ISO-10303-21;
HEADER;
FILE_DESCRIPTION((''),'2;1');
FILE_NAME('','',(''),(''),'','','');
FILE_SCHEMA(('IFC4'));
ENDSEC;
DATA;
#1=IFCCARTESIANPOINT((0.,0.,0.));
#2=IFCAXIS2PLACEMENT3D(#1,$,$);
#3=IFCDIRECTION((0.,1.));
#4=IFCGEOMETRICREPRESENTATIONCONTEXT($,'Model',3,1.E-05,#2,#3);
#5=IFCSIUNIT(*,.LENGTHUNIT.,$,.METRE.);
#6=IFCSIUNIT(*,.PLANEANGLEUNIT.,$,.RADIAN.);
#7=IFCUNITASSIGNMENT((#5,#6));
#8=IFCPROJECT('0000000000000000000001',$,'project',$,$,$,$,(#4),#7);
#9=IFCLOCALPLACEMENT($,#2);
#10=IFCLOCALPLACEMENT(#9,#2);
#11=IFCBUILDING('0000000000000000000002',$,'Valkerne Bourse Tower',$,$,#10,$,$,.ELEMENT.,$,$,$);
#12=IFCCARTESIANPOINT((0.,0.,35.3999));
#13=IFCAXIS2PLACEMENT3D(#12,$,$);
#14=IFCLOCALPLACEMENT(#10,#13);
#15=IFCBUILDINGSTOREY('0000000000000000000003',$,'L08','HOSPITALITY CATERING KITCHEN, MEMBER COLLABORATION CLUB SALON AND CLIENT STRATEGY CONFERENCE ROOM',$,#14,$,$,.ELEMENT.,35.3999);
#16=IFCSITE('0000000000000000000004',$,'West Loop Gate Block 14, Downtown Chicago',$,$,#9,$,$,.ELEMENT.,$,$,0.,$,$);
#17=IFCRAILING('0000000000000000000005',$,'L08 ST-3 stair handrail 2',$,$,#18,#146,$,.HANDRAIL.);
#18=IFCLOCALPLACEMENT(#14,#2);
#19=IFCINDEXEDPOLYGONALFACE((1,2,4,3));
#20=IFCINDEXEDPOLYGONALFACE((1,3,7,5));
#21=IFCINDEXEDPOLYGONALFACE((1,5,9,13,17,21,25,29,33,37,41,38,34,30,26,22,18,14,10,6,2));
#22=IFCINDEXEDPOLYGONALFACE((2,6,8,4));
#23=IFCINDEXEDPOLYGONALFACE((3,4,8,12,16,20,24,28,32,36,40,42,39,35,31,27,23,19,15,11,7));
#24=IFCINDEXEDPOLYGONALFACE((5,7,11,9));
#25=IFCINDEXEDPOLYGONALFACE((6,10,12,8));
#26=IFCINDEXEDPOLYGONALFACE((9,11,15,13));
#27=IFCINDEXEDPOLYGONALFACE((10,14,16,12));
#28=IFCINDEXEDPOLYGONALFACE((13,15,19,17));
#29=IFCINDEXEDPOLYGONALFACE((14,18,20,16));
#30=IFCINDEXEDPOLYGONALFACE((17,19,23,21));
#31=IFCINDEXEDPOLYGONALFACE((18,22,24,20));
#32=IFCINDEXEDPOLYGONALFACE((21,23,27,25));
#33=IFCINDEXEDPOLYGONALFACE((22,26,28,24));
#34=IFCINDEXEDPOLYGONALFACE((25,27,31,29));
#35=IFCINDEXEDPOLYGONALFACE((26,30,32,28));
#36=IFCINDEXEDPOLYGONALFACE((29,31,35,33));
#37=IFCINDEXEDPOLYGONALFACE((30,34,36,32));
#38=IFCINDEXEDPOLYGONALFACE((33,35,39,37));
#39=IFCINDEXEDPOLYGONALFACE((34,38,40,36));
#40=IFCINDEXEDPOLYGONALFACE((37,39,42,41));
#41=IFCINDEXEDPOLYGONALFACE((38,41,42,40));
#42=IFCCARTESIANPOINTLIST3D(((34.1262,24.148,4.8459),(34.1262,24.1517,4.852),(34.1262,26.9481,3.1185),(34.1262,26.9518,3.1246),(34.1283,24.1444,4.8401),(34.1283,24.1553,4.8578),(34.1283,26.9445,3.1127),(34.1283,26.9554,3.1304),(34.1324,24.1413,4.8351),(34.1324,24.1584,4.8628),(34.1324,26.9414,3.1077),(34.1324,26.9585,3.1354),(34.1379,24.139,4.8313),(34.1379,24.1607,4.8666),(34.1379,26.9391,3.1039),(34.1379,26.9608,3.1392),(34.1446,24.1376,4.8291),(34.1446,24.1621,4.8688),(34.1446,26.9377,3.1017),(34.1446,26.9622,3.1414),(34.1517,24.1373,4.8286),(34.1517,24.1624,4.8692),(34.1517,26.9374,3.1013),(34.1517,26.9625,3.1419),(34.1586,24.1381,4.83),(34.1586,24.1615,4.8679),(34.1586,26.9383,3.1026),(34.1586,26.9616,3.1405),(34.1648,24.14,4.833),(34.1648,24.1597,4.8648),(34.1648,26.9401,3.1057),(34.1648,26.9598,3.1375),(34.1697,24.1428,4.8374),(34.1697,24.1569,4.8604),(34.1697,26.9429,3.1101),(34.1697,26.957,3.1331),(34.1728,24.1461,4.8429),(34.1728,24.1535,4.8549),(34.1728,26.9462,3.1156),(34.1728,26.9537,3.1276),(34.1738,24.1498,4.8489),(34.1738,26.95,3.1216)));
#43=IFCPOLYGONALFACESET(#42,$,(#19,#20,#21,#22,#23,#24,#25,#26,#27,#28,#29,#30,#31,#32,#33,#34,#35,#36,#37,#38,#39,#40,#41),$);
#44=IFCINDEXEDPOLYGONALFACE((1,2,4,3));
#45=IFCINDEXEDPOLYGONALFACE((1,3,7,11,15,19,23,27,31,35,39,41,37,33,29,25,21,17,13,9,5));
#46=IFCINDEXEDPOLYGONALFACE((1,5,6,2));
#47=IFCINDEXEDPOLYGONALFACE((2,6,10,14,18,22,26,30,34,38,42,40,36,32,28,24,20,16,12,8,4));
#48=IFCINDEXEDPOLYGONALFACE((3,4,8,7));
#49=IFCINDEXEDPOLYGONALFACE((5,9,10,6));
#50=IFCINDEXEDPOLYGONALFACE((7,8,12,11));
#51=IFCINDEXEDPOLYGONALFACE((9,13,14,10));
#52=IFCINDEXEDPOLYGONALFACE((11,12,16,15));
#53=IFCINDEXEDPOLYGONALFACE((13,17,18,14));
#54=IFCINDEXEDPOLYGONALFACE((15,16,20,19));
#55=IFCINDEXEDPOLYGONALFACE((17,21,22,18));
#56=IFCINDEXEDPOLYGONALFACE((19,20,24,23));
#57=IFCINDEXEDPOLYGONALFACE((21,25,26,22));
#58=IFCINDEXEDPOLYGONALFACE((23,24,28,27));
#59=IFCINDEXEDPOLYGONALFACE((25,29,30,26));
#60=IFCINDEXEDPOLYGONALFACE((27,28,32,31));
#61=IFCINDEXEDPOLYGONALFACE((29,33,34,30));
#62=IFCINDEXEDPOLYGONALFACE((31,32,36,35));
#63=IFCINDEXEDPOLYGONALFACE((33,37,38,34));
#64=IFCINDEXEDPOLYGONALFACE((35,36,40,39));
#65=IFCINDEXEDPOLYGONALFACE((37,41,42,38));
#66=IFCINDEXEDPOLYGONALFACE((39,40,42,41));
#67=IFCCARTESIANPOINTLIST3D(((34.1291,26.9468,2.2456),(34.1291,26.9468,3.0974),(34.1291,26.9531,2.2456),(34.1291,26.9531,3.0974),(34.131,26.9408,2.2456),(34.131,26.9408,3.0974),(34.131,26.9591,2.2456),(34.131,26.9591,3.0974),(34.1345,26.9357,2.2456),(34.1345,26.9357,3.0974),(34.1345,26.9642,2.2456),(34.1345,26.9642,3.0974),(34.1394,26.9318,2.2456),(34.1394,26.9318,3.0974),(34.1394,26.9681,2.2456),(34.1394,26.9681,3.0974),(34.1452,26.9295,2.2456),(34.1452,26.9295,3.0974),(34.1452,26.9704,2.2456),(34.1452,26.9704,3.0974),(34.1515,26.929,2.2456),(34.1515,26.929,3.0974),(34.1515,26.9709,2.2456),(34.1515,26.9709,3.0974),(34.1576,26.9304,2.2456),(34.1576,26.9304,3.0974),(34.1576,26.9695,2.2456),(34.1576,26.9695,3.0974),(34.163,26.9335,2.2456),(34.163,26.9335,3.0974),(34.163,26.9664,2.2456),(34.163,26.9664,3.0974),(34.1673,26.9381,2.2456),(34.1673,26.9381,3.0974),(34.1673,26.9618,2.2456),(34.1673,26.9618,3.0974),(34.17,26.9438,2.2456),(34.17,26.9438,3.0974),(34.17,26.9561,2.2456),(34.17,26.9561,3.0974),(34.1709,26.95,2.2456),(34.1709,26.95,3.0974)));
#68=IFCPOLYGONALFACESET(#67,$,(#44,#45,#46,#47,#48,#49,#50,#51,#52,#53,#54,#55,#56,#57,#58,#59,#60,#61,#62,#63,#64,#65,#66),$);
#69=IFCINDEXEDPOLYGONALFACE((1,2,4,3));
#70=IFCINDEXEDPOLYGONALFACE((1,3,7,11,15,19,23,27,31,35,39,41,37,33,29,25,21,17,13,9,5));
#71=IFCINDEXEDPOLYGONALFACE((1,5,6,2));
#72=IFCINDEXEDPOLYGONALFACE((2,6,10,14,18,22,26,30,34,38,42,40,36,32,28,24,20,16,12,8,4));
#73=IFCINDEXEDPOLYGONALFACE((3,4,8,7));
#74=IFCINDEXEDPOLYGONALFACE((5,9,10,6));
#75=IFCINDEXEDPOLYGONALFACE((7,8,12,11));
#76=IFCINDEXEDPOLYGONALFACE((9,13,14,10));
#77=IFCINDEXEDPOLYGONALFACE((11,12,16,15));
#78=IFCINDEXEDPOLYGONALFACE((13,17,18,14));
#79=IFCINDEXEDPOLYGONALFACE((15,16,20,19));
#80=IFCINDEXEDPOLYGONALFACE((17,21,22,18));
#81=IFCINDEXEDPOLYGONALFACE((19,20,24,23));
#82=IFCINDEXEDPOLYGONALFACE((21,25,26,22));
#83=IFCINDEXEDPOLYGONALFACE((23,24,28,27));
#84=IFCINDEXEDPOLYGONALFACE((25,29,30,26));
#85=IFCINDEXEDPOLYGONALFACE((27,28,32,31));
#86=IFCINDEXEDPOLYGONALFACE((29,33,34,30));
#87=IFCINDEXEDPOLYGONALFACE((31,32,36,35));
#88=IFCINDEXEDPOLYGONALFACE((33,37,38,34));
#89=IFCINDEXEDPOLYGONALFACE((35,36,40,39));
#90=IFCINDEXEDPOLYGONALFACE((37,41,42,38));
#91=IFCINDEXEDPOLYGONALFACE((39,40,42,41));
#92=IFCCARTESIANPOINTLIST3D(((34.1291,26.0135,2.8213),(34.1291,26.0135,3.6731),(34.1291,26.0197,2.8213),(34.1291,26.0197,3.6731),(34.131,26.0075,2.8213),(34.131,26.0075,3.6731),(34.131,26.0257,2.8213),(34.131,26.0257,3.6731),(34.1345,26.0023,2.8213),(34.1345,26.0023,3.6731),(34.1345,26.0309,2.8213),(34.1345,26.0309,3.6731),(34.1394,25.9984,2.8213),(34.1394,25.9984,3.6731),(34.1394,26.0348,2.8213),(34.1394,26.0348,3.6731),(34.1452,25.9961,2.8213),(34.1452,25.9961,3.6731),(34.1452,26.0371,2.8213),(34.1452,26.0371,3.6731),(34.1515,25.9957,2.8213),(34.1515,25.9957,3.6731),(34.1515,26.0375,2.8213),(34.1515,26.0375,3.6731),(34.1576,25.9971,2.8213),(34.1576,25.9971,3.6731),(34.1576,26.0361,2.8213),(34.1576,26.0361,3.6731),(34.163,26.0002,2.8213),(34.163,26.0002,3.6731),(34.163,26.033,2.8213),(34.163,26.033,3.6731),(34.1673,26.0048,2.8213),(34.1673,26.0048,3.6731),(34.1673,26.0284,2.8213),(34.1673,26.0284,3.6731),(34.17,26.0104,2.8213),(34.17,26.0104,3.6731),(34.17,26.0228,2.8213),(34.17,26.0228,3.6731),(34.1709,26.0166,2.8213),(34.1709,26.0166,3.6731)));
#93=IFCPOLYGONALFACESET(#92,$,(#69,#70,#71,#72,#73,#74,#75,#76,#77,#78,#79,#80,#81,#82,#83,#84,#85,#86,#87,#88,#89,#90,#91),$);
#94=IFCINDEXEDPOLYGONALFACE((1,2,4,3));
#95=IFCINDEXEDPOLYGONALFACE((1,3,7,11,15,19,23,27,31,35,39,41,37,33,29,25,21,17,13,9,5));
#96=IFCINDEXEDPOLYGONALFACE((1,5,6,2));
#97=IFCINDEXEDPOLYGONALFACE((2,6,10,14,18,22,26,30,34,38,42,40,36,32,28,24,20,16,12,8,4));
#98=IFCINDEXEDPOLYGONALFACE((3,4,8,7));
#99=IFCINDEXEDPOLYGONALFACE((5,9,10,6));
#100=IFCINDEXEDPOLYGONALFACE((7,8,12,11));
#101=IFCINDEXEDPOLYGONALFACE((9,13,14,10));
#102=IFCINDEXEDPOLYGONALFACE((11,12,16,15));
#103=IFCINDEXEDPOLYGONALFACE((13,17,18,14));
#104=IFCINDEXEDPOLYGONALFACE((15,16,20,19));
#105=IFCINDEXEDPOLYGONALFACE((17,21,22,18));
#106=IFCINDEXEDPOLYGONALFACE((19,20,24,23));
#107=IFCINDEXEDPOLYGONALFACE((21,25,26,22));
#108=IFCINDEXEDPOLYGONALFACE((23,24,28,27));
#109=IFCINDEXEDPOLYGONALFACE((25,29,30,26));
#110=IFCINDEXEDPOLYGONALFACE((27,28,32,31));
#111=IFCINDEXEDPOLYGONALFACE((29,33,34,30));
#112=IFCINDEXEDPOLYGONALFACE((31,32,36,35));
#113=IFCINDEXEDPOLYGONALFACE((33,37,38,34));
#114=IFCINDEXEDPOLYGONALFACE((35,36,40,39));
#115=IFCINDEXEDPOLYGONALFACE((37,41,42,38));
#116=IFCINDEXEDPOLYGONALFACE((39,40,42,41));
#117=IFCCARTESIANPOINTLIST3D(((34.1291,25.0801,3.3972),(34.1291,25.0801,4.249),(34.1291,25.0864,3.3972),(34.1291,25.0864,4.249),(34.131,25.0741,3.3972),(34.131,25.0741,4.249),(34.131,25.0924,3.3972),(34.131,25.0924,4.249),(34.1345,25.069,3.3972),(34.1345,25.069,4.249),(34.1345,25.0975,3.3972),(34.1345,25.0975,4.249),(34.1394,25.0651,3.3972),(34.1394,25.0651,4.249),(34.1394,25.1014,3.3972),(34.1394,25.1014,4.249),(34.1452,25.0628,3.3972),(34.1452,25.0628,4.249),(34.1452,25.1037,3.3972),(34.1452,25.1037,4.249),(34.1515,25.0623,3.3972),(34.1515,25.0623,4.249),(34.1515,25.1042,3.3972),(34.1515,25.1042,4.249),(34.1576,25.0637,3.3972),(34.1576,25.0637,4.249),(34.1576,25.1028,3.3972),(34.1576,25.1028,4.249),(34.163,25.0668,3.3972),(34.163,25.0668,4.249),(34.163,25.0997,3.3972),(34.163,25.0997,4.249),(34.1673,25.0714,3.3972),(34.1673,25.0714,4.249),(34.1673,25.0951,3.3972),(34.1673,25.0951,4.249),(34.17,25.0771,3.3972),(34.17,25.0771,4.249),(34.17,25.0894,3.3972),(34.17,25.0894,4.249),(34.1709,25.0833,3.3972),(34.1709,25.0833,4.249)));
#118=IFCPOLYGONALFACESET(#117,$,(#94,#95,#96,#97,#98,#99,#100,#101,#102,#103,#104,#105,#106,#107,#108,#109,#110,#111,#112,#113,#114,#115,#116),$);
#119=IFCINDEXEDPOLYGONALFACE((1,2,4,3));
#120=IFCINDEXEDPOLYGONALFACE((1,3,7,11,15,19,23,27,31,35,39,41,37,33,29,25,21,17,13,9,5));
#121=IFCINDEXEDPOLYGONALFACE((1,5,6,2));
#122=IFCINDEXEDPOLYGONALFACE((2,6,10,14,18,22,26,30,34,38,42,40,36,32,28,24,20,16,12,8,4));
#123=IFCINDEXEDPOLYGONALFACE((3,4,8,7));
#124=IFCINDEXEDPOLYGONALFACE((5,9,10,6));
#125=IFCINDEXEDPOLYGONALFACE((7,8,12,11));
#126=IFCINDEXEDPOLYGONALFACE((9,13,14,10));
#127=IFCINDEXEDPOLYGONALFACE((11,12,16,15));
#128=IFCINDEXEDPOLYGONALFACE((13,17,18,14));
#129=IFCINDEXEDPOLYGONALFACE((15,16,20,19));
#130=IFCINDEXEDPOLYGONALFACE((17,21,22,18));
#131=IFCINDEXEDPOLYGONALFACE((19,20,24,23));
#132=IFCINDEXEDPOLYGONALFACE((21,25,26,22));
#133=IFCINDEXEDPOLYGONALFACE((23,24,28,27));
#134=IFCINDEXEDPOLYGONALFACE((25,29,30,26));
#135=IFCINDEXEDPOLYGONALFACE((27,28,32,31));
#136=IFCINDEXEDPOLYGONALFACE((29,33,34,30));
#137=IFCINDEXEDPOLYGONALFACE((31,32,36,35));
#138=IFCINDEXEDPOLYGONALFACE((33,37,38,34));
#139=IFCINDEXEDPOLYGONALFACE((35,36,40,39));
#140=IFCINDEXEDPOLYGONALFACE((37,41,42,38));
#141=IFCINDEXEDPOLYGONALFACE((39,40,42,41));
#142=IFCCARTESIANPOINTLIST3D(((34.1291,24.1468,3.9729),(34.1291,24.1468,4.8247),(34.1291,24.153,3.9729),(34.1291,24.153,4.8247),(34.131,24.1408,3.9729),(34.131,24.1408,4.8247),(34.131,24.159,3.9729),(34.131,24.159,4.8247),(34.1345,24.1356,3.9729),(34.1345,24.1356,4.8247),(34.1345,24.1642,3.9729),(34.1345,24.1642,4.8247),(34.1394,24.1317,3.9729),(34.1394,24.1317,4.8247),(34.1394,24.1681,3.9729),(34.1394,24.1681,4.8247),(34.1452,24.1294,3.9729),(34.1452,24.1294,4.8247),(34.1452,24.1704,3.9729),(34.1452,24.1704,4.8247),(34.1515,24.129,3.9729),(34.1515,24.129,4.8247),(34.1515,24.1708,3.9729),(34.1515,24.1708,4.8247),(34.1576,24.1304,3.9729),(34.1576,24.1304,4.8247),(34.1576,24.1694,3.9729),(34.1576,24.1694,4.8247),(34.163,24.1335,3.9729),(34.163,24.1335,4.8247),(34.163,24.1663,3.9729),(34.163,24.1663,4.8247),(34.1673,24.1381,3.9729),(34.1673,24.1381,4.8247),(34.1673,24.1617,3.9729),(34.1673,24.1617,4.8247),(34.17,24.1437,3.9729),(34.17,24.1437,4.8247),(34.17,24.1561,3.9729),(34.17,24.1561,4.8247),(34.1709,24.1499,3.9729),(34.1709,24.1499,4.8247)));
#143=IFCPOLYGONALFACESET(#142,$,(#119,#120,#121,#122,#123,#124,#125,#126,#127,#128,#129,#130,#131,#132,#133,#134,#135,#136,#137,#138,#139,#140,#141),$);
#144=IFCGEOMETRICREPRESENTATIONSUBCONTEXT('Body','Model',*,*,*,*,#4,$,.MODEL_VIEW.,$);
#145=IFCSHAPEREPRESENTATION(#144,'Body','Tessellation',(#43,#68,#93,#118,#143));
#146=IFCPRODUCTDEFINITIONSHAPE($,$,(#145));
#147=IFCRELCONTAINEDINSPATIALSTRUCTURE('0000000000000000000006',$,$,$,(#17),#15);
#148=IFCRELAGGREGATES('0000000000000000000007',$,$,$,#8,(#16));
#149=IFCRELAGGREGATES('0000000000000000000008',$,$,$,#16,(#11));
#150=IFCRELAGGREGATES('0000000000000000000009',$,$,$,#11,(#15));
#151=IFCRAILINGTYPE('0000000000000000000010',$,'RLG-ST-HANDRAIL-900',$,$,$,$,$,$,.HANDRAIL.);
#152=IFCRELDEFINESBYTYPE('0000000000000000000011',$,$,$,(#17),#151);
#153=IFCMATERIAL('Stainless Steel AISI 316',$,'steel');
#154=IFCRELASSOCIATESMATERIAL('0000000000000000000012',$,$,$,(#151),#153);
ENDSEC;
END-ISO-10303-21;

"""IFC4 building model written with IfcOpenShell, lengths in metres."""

from ifc_helpers import new_model, si_unit, direction, frame, origin, origin_2d, place, context, subcontext, project, spatial, circle, extrude, material, type_object, element, save


model = new_model("IFC4")

# Units and contexts
model_context = context("Model", 3, precision=1e-05, world=origin(), true_north=direction((0.0, 1.0)))
body_context = subcontext(model_context, "Body", "Model", "MODEL_VIEW")
ifc_project = project(units=[si_unit("LENGTHUNIT", "METRE"), si_unit("PLANEANGLEUNIT", "RADIAN")], contexts=[model_context])

# Site, building, storey
site_placement = place(None, origin())
site = spatial("IfcSite", under=ifc_project, at=site_placement, Name="West Loop Gate Block 14, Downtown Chicago", CompositionType="ELEMENT", RefElevation=0.0)
building_placement = place(site_placement, origin())
building = spatial("IfcBuilding", under=site, at=building_placement, Name="Valkerne Bourse Tower", CompositionType="ELEMENT")
storey_placement = place(building_placement, frame((0.0, 0.0, 35.3999)))
storey = spatial("IfcBuildingStorey", under=building, at=storey_placement, Name="L08", Description="HOSPITALITY CATERING KITCHEN, MEMBER COLLABORATION CLUB SALON AND CLIENT STRATEGY CONFERENCE ROOM", CompositionType="ELEMENT", Elevation=35.3999)

# Railing
ifc_material_1 = material(Name="Stainless Steel AISI 316", Category="steel")
railing_type_1 = type_object("IfcRailingType", Name="RLG-ST-HANDRAIL-900", PredefinedType="HANDRAIL", material=ifc_material_1)
railing_1_placement = place(storey_placement, frame((34.1499, 26.95, 2.2456)))
element("IfcRailing", 1, at=railing_1_placement, inside=storey, type_object=railing_type_1, Name="L08 ST-3 stair handrail 2", PredefinedType="HANDRAIL", context=body_context, shape_type="SweptSolid", body=[
    extrude(circle(Radius=0.0239, at=origin_2d()), frame((0.0, 0.0, 0.876), z_axis=(0.0, -0.85109, 0.52502), x_axis=(1.0, 0.0, 0.0)), (0.0, 0.0, 1.0), 3.29),
    extrude(circle(Radius=0.021, at=origin_2d()), origin(), (0.0, 0.0, 1.0), 0.8518),
    extrude(circle(Radius=0.021, at=origin_2d()), frame((0.0, -0.9333, 0.5757)), (0.0, 0.0, 1.0), 0.8518),
    extrude(circle(Radius=0.021, at=origin_2d()), frame((0.0, -1.8667, 1.1516)), (0.0, 0.0, 1.0), 0.8518),
    extrude(circle(Radius=0.021, at=origin_2d()), frame((0.0, -2.8, 1.7273)), (0.0, 0.0, 1.0), 0.8518),
])

save(model, "model.ifc")
